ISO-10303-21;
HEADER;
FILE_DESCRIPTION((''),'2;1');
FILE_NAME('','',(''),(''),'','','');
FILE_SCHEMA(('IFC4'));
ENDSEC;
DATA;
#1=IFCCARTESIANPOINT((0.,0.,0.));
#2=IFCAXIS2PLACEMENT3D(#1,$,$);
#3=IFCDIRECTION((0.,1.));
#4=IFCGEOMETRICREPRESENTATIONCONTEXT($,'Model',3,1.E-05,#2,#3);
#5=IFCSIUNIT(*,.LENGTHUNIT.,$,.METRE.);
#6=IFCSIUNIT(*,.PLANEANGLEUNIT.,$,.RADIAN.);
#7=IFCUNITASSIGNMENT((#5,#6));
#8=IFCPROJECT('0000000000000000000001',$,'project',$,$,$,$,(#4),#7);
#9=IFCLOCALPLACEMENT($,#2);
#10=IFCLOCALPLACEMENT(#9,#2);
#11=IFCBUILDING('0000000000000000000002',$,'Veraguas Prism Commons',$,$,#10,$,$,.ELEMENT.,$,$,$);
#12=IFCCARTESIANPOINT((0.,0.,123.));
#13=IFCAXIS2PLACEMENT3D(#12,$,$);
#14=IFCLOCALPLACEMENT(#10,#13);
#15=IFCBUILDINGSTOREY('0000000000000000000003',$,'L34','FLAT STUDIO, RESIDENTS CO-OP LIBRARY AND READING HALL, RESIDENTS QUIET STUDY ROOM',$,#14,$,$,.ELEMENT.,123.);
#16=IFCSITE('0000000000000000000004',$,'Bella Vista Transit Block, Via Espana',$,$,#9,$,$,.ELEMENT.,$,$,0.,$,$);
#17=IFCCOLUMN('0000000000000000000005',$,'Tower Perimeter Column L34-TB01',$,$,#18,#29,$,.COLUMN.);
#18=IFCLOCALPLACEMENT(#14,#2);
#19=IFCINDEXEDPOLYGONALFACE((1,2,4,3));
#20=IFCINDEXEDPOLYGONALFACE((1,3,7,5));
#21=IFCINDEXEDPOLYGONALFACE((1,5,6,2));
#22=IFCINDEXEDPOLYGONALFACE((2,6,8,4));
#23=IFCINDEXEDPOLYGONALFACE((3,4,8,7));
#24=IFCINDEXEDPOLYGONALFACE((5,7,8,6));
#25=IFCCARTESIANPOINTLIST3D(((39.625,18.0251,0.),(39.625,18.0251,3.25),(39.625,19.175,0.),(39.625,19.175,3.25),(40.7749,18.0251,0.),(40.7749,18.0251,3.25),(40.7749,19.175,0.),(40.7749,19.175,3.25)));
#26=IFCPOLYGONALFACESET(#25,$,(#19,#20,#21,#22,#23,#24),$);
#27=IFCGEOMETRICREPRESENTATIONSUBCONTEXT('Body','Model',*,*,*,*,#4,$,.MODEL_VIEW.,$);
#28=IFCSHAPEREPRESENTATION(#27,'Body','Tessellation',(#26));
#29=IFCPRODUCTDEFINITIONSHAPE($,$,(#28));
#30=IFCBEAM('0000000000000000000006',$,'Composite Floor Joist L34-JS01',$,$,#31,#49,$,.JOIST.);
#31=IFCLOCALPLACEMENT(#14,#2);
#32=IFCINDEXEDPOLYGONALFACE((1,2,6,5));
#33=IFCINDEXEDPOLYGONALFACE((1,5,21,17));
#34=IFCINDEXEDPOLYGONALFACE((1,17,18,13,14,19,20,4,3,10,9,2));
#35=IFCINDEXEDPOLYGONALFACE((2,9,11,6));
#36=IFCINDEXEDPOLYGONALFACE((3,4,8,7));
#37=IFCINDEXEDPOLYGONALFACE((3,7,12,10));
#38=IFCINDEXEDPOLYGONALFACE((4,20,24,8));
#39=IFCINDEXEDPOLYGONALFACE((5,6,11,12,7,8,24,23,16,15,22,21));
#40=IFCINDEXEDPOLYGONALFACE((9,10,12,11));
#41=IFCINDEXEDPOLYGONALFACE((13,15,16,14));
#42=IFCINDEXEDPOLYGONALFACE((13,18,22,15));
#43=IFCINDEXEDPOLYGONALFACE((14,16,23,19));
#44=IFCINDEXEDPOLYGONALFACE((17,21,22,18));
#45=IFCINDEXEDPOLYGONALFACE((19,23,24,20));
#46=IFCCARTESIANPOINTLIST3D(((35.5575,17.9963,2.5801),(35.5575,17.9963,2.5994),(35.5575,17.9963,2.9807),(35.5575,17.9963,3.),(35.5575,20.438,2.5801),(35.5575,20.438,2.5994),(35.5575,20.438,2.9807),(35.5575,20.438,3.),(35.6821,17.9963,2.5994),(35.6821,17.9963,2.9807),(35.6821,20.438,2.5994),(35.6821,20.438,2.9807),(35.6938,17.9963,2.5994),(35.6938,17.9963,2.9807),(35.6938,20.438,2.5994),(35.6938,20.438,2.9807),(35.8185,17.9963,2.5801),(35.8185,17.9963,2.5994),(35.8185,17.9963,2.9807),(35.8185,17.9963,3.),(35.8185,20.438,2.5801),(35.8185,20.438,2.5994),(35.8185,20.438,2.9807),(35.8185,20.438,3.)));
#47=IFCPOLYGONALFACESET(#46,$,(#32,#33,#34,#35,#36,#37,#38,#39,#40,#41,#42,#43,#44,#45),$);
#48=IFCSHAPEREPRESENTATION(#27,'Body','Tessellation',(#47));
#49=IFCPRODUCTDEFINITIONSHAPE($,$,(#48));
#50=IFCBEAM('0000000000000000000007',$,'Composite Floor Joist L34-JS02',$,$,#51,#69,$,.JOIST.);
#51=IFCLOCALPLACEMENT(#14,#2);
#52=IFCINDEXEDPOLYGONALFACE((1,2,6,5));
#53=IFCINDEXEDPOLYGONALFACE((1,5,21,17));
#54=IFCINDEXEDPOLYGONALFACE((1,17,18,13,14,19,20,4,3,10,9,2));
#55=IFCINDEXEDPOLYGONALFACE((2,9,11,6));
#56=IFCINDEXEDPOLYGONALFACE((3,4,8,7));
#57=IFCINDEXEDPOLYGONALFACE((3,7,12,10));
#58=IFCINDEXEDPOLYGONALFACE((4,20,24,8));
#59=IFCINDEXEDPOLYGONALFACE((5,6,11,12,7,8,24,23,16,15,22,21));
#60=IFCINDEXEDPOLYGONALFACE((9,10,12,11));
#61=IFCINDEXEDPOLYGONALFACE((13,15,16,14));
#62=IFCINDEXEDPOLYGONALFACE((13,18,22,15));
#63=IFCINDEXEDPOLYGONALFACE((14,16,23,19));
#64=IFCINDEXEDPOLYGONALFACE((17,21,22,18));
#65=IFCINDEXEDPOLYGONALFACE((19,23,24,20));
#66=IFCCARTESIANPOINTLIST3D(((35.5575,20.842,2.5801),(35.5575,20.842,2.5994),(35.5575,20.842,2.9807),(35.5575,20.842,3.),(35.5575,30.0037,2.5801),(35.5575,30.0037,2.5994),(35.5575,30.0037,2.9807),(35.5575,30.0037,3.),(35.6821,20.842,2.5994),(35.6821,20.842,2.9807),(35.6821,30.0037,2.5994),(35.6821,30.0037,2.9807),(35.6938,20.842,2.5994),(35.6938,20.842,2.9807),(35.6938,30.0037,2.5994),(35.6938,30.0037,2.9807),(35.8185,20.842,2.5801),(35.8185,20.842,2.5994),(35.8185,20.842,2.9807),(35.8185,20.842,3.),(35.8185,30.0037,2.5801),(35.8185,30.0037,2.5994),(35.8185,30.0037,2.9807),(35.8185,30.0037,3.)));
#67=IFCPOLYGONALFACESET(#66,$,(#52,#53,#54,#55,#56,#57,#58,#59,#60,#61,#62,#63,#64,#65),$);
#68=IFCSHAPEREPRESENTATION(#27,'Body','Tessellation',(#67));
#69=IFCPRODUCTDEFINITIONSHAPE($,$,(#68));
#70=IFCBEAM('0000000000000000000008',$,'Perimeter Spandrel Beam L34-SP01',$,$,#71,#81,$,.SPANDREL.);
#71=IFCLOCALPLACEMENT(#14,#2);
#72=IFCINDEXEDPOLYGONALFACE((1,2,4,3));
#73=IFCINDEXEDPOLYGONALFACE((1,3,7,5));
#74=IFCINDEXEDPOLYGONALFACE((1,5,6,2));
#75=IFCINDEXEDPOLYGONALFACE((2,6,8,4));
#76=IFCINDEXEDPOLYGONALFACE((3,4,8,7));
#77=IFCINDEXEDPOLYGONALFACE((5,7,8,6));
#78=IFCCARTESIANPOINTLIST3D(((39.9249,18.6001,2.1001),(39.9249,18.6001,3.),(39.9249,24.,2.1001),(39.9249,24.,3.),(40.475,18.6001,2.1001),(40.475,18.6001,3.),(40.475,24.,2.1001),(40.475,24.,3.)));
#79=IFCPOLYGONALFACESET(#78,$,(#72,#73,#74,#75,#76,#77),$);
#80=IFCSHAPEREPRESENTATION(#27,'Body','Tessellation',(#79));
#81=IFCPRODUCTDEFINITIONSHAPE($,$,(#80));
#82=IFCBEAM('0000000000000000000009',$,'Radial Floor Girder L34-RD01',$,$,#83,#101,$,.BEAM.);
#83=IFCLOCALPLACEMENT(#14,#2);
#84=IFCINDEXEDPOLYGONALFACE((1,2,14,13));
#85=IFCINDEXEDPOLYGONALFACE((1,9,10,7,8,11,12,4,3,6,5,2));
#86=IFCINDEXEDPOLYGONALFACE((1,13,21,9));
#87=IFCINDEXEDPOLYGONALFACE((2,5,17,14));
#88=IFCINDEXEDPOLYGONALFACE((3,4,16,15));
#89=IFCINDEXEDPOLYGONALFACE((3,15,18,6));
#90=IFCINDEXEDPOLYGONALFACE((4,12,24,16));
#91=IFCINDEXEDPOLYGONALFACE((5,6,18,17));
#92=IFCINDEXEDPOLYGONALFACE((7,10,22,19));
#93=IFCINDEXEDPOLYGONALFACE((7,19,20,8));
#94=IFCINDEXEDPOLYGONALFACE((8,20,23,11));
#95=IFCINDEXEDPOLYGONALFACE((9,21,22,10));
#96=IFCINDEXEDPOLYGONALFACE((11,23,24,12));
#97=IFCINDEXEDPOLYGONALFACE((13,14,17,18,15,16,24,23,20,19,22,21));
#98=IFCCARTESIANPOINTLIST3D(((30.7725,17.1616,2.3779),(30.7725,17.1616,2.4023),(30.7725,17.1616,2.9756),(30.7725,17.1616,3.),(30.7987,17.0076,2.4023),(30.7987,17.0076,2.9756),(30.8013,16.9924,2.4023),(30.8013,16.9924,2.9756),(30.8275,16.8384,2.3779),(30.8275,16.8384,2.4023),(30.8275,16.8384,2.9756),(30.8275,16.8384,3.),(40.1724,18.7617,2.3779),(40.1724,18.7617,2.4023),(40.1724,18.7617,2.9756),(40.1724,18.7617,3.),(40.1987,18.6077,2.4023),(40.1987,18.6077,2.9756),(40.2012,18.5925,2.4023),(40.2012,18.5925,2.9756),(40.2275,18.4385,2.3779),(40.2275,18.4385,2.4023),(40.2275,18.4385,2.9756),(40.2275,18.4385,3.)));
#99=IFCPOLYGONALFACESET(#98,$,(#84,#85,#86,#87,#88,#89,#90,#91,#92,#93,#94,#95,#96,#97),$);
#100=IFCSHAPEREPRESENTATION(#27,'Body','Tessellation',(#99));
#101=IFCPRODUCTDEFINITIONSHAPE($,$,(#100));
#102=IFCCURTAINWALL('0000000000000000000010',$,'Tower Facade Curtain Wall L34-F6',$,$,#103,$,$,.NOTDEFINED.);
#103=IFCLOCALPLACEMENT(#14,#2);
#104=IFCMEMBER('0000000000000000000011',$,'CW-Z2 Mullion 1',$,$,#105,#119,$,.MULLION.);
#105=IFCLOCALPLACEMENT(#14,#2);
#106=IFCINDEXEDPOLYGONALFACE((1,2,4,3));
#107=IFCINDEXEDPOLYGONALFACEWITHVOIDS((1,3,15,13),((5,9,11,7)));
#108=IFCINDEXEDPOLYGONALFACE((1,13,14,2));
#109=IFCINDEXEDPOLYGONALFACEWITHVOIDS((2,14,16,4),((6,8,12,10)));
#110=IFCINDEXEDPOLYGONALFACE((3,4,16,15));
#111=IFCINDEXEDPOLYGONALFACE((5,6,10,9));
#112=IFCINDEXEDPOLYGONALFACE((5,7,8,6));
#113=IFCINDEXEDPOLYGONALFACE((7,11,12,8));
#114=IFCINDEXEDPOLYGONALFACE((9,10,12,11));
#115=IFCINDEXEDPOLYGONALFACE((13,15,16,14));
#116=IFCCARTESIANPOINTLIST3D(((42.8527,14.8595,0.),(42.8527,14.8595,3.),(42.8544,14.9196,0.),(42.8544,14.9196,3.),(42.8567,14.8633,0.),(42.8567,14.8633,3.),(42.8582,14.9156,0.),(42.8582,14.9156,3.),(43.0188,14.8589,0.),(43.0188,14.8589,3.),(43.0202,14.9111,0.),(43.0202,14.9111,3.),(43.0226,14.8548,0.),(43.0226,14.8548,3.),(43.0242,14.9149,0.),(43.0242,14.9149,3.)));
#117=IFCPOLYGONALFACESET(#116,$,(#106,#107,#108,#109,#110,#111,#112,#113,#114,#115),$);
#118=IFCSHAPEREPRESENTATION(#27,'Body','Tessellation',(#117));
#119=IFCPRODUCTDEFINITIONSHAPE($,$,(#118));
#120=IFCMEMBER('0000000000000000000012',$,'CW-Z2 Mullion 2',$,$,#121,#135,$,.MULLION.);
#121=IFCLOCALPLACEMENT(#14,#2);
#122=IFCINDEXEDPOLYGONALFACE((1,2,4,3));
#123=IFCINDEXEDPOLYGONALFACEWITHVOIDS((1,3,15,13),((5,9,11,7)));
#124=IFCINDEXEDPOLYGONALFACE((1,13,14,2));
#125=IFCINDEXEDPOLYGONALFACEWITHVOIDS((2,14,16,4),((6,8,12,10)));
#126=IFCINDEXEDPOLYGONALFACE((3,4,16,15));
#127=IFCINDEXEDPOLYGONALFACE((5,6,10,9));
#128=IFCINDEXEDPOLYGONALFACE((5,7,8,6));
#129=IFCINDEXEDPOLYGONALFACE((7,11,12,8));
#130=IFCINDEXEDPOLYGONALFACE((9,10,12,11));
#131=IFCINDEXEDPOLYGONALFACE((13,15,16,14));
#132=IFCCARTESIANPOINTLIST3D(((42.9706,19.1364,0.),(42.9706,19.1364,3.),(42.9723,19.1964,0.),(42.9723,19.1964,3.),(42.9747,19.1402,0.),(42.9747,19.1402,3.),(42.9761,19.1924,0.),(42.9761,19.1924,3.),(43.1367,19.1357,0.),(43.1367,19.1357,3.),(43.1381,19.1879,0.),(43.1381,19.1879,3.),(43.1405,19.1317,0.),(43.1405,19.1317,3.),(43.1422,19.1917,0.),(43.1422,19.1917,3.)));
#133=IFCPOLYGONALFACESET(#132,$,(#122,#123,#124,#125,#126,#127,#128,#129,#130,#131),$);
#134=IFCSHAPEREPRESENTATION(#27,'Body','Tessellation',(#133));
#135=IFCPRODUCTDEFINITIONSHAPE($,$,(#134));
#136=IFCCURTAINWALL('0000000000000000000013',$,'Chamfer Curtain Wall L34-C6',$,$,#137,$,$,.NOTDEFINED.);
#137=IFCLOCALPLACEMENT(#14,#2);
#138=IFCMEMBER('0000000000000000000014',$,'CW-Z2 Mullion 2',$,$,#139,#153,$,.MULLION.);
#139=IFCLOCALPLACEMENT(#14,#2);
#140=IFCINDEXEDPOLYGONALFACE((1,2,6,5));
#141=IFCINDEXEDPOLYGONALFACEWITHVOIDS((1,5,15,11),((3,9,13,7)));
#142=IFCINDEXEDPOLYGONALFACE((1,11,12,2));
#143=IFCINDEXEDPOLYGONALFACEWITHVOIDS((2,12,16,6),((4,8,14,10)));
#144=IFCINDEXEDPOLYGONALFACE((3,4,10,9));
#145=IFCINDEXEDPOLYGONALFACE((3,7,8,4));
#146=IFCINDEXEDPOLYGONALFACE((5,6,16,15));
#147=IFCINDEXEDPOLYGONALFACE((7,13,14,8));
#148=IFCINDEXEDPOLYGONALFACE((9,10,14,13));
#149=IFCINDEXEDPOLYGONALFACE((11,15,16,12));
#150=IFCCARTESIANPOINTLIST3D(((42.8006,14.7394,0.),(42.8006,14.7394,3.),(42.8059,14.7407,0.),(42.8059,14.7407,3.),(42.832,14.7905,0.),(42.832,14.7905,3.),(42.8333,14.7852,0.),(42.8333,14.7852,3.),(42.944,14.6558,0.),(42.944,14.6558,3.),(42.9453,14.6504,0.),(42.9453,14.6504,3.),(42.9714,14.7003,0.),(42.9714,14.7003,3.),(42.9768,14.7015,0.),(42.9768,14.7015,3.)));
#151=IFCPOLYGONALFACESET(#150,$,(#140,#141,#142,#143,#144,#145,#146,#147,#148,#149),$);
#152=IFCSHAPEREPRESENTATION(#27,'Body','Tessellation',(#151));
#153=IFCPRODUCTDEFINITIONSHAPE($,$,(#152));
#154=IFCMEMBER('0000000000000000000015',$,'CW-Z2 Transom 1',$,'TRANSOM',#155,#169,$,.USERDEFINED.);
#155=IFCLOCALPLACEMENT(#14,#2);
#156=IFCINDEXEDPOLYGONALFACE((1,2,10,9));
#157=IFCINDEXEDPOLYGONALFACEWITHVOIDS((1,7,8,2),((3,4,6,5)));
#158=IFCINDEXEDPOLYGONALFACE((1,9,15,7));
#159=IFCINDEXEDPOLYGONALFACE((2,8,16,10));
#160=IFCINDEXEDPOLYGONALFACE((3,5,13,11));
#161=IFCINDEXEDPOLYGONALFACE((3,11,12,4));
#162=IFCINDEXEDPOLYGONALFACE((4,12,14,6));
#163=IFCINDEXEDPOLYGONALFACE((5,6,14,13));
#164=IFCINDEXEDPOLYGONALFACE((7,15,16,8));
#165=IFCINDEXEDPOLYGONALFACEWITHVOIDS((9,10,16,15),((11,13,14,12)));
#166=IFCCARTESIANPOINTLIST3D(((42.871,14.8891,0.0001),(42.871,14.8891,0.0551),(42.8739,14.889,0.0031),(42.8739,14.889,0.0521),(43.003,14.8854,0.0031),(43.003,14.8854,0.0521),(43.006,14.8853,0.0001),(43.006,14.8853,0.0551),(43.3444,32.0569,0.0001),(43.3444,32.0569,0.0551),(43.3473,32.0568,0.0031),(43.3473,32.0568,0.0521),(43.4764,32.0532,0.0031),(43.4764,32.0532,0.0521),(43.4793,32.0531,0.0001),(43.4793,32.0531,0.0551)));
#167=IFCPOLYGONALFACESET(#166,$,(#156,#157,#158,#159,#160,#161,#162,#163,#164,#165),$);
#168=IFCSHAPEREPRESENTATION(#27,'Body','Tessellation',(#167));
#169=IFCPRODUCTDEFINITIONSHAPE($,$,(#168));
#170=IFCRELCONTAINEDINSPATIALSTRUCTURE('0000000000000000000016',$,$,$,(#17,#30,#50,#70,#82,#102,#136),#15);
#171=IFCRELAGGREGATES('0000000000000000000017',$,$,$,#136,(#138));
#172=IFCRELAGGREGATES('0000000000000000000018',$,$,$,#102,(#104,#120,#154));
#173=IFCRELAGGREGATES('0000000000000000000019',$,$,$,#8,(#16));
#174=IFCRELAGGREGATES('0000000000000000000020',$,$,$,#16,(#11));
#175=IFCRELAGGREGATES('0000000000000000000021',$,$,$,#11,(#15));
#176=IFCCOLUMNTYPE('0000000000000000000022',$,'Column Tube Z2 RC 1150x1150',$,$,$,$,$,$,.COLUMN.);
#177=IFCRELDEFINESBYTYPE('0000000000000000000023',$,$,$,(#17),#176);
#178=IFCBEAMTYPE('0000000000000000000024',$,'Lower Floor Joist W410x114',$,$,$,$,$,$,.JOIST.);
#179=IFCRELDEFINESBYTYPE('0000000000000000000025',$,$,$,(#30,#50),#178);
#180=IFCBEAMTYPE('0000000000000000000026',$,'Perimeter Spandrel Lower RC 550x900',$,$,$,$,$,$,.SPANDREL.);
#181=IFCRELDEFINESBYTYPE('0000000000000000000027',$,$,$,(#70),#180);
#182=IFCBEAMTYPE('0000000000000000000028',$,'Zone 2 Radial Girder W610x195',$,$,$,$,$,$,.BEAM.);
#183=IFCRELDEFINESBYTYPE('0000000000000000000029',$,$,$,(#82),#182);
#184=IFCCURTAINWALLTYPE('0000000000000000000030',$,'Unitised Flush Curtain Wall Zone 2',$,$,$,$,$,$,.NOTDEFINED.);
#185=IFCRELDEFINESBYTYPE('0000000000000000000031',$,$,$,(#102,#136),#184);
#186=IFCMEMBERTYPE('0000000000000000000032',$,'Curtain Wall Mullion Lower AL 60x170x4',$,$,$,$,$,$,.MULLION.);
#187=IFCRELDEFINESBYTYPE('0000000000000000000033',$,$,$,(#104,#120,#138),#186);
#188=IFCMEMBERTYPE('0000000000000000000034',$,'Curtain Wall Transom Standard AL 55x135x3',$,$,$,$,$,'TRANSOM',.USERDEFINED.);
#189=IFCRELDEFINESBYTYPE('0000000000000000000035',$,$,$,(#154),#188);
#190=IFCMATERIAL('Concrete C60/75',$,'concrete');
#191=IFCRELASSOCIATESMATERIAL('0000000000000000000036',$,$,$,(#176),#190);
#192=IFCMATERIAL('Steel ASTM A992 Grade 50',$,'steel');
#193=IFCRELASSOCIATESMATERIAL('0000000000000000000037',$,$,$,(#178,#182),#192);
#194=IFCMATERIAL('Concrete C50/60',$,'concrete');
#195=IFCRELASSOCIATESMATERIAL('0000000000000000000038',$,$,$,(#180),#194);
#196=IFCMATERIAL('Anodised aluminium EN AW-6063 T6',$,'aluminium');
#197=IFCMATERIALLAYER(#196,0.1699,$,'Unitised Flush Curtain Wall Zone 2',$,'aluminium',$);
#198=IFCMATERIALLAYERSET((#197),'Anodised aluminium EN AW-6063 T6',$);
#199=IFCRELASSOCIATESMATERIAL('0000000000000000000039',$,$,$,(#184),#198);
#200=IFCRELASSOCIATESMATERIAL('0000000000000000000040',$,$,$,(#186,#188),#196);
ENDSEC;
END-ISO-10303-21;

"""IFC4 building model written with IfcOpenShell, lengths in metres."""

from ifc_helpers import new_model, si_unit, direction, frame, origin, origin_2d, place, context, subcontext, project, spatial, rectangle, hollow_rectangle, i_section, extrude, source, transform, mapped, material, layer, layer_set, material_profile, profile_set, type_object, element, aggregate, save


model = new_model("IFC4")

# Units and contexts
model_context = context("Model", 3, precision=1e-05, world=origin(), true_north=direction((0.0, 1.0)))
body_context = subcontext(model_context, "Body", "Model", "MODEL_VIEW")
ifc_project = project(units=[si_unit("LENGTHUNIT", "METRE"), si_unit("PLANEANGLEUNIT", "RADIAN")], contexts=[model_context])

# Site, building, storey
site_placement = place(None, origin())
site = spatial("IfcSite", under=ifc_project, at=site_placement, Name="Bella Vista Transit Block, Via Espana", CompositionType="ELEMENT", RefElevation=0.0)
building_placement = place(site_placement, origin())
building = spatial("IfcBuilding", under=site, at=building_placement, Name="Veraguas Prism Commons", CompositionType="ELEMENT")
storey_placement = place(building_placement, frame((0.0, 0.0, 123.0)))
storey = spatial("IfcBuildingStorey", under=building, at=storey_placement, Name="L34", Description="FLAT STUDIO, RESIDENTS CO-OP LIBRARY AND READING HALL, RESIDENTS QUIET STUDY ROOM", CompositionType="ELEMENT", Elevation=123.0)

# Column
ifc_material_1 = material(Name="Concrete C60/75", Category="concrete")
ifc_material_profile_1 = material_profile(ifc_material_1, rectangle(XDim=1.1499, YDim=1.1499, at=origin_2d()), Name="RC1150X1150")
ifc_profile_set_1 = profile_set([ifc_material_profile_1], Name="Concrete C60/75")
column_type = type_object("IfcColumnType", Name="Column Tube Z2 RC 1150x1150", PredefinedType="COLUMN", material=ifc_profile_set_1)
column_placement = place(storey_placement, frame((40.2, 18.6001, 0.0), z_axis=(0.0, 0.0, 1.0), x_axis=(1.0, 0.0, 0.0)))
element("IfcColumn", 1, at=column_placement, inside=storey, type_object=column_type, Name="Tower Perimeter Column L34-TB01", PredefinedType="COLUMN", context=body_context, shape_type="SweptSolid", body=[
    extrude(rectangle(XDim=1.1499, YDim=1.1499, at=origin_2d()), origin(), (0.0, 0.0, 1.0), 3.25),
])

# Beams
ifc_material_2 = material(Name="Steel ASTM A992 Grade 50", Category="steel")
ifc_material_profile_2 = material_profile(ifc_material_2, i_section(OverallWidth=0.261, OverallDepth=0.4199, WebThickness=0.0117, FlangeThickness=0.0193, at=origin_2d()), Name="W410X114")
ifc_profile_set_2 = profile_set([ifc_material_profile_2], Name="Steel ASTM A992 Grade 50")
beam_type_1 = type_object("IfcBeamType", Name="Lower Floor Joist W410x114", PredefinedType="JOIST", material=ifc_profile_set_2)
beam_1_placement = place(storey_placement, frame((35.688, 17.9963, 2.79), z_axis=(0.0, 1.0, 0.0), x_axis=(-1.0, 0.0, 0.0)))
element("IfcBeam", 2, at=beam_1_placement, inside=storey, type_object=beam_type_1, Name="Composite Floor Joist L34-JS01", PredefinedType="JOIST", context=body_context, shape_type="SweptSolid", body=[
    extrude(i_section(OverallWidth=0.261, OverallDepth=0.4199, WebThickness=0.0117, FlangeThickness=0.0193, at=origin_2d()), origin(), (0.0, 0.0, 1.0), 2.4417),
])
beam_2_placement = place(storey_placement, frame((35.688, 20.842, 2.79), z_axis=(0.0, 1.0, 0.0), x_axis=(-1.0, 0.0, 0.0)))
element("IfcBeam", 3, at=beam_2_placement, inside=storey, type_object=beam_type_1, Name="Composite Floor Joist L34-JS02", PredefinedType="JOIST", context=body_context, shape_type="SweptSolid", body=[
    extrude(i_section(OverallWidth=0.261, OverallDepth=0.4199, WebThickness=0.0117, FlangeThickness=0.0193, at=origin_2d()), origin(), (0.0, 0.0, 1.0), 9.1616),
])
ifc_material_3 = material(Name="Concrete C50/60", Category="concrete")
ifc_material_profile_3 = material_profile(ifc_material_3, rectangle(XDim=0.55, YDim=0.8999, at=origin_2d()), Name="RC550X900")
ifc_profile_set_3 = profile_set([ifc_material_profile_3], Name="Concrete C50/60")
beam_type_2 = type_object("IfcBeamType", Name="Perimeter Spandrel Lower RC 550x900", PredefinedType="SPANDREL", material=ifc_profile_set_3)
beam_3_placement = place(storey_placement, frame((40.2, 18.6001, 2.55), z_axis=(0.0, 1.0, 0.0), x_axis=(-1.0, 0.0, 0.0)))
element("IfcBeam", 4, at=beam_3_placement, inside=storey, type_object=beam_type_2, Name="Perimeter Spandrel Beam L34-SP01", PredefinedType="SPANDREL", context=body_context, shape_type="SweptSolid", body=[
    extrude(rectangle(XDim=0.55, YDim=0.8999, at=origin_2d()), origin(), (0.0, 0.0, 1.0), 5.3999),
])
ifc_material_profile_4 = material_profile(ifc_material_2, i_section(OverallWidth=0.3279, OverallDepth=0.6221, WebThickness=0.0154, FlangeThickness=0.0244, at=origin_2d()), Name="W610X195")
ifc_profile_set_4 = profile_set([ifc_material_profile_4], Name="Steel ASTM A992 Grade 50")
beam_type_3 = type_object("IfcBeamType", Name="Zone 2 Radial Girder W610x195", PredefinedType="BEAM", material=ifc_profile_set_4)
beam_4_placement = place(storey_placement, frame((40.2, 18.6001, 2.689), z_axis=(-0.985819, -0.167811, 0.0), x_axis=(0.167811, -0.985819, 0.0)))
element("IfcBeam", 5, at=beam_4_placement, inside=storey, type_object=beam_type_3, Name="Radial Floor Girder L34-RD01", PredefinedType="BEAM", context=body_context, shape_type="SweptSolid", body=[
    extrude(i_section(OverallWidth=0.3279, OverallDepth=0.6221, WebThickness=0.0154, FlangeThickness=0.0244, at=origin_2d()), origin(), (0.0, 0.0, 1.0), 9.5352),
])

# Curtain wall, members
ifc_material_4 = material(Name="Anodised aluminium EN AW-6063 T6", Category="aluminium")
ifc_layer_1 = layer(ifc_material_4, 0.1699, Name="Unitised Flush Curtain Wall Zone 2", Category="aluminium")
ifc_layer_set_1 = layer_set([ifc_layer_1], Name="Anodised aluminium EN AW-6063 T6")
curtain_wall_type = type_object("IfcCurtainWallType", Name="Unitised Flush Curtain Wall Zone 2", PredefinedType="NOTDEFINED", material=ifc_layer_set_1)
curtain_wall_1_placement = place(storey_placement, origin())
curtain_wall_1 = element("IfcCurtainWall", 6, at=curtain_wall_1_placement, inside=storey, type_object=curtain_wall_type, Name="Tower Facade Curtain Wall L34-F6", PredefinedType="NOTDEFINED")
ifc_material_profile_5 = material_profile(ifc_material_4, hollow_rectangle(XDim=0.0601, YDim=0.1699, WallThickness=0.0039, at=origin_2d()), Name="AL60X170X4")
ifc_profile_set_5 = profile_set([ifc_material_profile_5], Name="Anodised aluminium EN AW-6063 T6")
member_type_1 = type_object("IfcMemberType", Name="Curtain Wall Mullion Lower AL 60x170x4", PredefinedType="MULLION", material=ifc_profile_set_5)
shared_shape_1 = source(origin(), body_context, "Body", "SweptSolid", [
    extrude(hollow_rectangle(XDim=0.0601, YDim=0.1699, WallThickness=0.0039, at=origin_2d()), origin(), (0.0, 0.0, 1.0), 3.0),
])
member_1_placement = place(storey_placement, frame((42.9385, 14.8872, 0.0), z_axis=(0.0, 0.0, 1.0), x_axis=(0.027567, 0.99962, 0.0)))
member_1 = element("IfcMember", 7, at=member_1_placement, type_object=member_type_1, Name="CW-Z2 Mullion 1", PredefinedType="MULLION", context=body_context, shape_type="MappedRepresentation", body=[
    mapped(shared_shape_1, transform((0.0, 0.0, 0.0), scale=1.0)),
])
member_2_placement = place(storey_placement, frame((43.0564, 19.1641, 0.0), z_axis=(0.0, 0.0, 1.0), x_axis=(0.027567, 0.99962, 0.0)))
member_2 = element("IfcMember", 8, at=member_2_placement, type_object=member_type_1, Name="CW-Z2 Mullion 2", PredefinedType="MULLION", context=body_context, shape_type="MappedRepresentation", body=[
    mapped(shared_shape_1, transform((0.0, 0.0, 0.0), scale=1.0)),
])

# Curtain wall, member
curtain_wall_2_placement = place(storey_placement, origin())
curtain_wall_2 = element("IfcCurtainWall", 9, at=curtain_wall_2_placement, inside=storey, type_object=curtain_wall_type, Name="Chamfer Curtain Wall L34-C6", PredefinedType="NOTDEFINED")
member_3_placement = place(storey_placement, frame((42.8887, 14.7205, 0.0), z_axis=(0.0, 0.0, 1.0), x_axis=(0.523684, 0.851913, 0.0)))
member_3 = element("IfcMember", 10, at=member_3_placement, type_object=member_type_1, Name="CW-Z2 Mullion 2", PredefinedType="MULLION", context=body_context, shape_type="MappedRepresentation", body=[
    mapped(shared_shape_1, transform((0.0, 0.0, 0.0), scale=1.0)),
])
aggregate(curtain_wall_2, [member_3])

# Member
ifc_material_profile_6 = material_profile(ifc_material_4, hollow_rectangle(XDim=0.0549, YDim=0.135, WallThickness=0.0029, at=origin_2d()), Name="AL55X135X3")
ifc_profile_set_6 = profile_set([ifc_material_profile_6], Name="Anodised aluminium EN AW-6063 T6")
member_type_2 = type_object("IfcMemberType", Name="Curtain Wall Transom Standard AL 55x135x3", ElementType="TRANSOM", PredefinedType="USERDEFINED", material=ifc_profile_set_6)
shared_shape_2 = source(origin(), body_context, "Body", "SweptSolid", [
    extrude(hollow_rectangle(XDim=0.0549, YDim=0.135, WallThickness=0.0029, at=origin_2d()), origin(), (0.0, 0.0, 1.0), 17.1743),
])
member_4_placement = place(storey_placement, frame((42.9385, 14.8872, 0.0276), z_axis=(0.027564, 0.99962, 0.0), x_axis=(0.0, 0.0, 1.0)))
member_4 = element("IfcMember", 11, at=member_4_placement, type_object=member_type_2, Name="CW-Z2 Transom 1", ObjectType="TRANSOM", PredefinedType="USERDEFINED", context=body_context, shape_type="MappedRepresentation", body=[
    mapped(shared_shape_2, transform((0.0, 0.0, 0.0), scale=1.0)),
])

aggregate(curtain_wall_1, [member_1, member_2, member_4])

save(model, "model.ifc")
